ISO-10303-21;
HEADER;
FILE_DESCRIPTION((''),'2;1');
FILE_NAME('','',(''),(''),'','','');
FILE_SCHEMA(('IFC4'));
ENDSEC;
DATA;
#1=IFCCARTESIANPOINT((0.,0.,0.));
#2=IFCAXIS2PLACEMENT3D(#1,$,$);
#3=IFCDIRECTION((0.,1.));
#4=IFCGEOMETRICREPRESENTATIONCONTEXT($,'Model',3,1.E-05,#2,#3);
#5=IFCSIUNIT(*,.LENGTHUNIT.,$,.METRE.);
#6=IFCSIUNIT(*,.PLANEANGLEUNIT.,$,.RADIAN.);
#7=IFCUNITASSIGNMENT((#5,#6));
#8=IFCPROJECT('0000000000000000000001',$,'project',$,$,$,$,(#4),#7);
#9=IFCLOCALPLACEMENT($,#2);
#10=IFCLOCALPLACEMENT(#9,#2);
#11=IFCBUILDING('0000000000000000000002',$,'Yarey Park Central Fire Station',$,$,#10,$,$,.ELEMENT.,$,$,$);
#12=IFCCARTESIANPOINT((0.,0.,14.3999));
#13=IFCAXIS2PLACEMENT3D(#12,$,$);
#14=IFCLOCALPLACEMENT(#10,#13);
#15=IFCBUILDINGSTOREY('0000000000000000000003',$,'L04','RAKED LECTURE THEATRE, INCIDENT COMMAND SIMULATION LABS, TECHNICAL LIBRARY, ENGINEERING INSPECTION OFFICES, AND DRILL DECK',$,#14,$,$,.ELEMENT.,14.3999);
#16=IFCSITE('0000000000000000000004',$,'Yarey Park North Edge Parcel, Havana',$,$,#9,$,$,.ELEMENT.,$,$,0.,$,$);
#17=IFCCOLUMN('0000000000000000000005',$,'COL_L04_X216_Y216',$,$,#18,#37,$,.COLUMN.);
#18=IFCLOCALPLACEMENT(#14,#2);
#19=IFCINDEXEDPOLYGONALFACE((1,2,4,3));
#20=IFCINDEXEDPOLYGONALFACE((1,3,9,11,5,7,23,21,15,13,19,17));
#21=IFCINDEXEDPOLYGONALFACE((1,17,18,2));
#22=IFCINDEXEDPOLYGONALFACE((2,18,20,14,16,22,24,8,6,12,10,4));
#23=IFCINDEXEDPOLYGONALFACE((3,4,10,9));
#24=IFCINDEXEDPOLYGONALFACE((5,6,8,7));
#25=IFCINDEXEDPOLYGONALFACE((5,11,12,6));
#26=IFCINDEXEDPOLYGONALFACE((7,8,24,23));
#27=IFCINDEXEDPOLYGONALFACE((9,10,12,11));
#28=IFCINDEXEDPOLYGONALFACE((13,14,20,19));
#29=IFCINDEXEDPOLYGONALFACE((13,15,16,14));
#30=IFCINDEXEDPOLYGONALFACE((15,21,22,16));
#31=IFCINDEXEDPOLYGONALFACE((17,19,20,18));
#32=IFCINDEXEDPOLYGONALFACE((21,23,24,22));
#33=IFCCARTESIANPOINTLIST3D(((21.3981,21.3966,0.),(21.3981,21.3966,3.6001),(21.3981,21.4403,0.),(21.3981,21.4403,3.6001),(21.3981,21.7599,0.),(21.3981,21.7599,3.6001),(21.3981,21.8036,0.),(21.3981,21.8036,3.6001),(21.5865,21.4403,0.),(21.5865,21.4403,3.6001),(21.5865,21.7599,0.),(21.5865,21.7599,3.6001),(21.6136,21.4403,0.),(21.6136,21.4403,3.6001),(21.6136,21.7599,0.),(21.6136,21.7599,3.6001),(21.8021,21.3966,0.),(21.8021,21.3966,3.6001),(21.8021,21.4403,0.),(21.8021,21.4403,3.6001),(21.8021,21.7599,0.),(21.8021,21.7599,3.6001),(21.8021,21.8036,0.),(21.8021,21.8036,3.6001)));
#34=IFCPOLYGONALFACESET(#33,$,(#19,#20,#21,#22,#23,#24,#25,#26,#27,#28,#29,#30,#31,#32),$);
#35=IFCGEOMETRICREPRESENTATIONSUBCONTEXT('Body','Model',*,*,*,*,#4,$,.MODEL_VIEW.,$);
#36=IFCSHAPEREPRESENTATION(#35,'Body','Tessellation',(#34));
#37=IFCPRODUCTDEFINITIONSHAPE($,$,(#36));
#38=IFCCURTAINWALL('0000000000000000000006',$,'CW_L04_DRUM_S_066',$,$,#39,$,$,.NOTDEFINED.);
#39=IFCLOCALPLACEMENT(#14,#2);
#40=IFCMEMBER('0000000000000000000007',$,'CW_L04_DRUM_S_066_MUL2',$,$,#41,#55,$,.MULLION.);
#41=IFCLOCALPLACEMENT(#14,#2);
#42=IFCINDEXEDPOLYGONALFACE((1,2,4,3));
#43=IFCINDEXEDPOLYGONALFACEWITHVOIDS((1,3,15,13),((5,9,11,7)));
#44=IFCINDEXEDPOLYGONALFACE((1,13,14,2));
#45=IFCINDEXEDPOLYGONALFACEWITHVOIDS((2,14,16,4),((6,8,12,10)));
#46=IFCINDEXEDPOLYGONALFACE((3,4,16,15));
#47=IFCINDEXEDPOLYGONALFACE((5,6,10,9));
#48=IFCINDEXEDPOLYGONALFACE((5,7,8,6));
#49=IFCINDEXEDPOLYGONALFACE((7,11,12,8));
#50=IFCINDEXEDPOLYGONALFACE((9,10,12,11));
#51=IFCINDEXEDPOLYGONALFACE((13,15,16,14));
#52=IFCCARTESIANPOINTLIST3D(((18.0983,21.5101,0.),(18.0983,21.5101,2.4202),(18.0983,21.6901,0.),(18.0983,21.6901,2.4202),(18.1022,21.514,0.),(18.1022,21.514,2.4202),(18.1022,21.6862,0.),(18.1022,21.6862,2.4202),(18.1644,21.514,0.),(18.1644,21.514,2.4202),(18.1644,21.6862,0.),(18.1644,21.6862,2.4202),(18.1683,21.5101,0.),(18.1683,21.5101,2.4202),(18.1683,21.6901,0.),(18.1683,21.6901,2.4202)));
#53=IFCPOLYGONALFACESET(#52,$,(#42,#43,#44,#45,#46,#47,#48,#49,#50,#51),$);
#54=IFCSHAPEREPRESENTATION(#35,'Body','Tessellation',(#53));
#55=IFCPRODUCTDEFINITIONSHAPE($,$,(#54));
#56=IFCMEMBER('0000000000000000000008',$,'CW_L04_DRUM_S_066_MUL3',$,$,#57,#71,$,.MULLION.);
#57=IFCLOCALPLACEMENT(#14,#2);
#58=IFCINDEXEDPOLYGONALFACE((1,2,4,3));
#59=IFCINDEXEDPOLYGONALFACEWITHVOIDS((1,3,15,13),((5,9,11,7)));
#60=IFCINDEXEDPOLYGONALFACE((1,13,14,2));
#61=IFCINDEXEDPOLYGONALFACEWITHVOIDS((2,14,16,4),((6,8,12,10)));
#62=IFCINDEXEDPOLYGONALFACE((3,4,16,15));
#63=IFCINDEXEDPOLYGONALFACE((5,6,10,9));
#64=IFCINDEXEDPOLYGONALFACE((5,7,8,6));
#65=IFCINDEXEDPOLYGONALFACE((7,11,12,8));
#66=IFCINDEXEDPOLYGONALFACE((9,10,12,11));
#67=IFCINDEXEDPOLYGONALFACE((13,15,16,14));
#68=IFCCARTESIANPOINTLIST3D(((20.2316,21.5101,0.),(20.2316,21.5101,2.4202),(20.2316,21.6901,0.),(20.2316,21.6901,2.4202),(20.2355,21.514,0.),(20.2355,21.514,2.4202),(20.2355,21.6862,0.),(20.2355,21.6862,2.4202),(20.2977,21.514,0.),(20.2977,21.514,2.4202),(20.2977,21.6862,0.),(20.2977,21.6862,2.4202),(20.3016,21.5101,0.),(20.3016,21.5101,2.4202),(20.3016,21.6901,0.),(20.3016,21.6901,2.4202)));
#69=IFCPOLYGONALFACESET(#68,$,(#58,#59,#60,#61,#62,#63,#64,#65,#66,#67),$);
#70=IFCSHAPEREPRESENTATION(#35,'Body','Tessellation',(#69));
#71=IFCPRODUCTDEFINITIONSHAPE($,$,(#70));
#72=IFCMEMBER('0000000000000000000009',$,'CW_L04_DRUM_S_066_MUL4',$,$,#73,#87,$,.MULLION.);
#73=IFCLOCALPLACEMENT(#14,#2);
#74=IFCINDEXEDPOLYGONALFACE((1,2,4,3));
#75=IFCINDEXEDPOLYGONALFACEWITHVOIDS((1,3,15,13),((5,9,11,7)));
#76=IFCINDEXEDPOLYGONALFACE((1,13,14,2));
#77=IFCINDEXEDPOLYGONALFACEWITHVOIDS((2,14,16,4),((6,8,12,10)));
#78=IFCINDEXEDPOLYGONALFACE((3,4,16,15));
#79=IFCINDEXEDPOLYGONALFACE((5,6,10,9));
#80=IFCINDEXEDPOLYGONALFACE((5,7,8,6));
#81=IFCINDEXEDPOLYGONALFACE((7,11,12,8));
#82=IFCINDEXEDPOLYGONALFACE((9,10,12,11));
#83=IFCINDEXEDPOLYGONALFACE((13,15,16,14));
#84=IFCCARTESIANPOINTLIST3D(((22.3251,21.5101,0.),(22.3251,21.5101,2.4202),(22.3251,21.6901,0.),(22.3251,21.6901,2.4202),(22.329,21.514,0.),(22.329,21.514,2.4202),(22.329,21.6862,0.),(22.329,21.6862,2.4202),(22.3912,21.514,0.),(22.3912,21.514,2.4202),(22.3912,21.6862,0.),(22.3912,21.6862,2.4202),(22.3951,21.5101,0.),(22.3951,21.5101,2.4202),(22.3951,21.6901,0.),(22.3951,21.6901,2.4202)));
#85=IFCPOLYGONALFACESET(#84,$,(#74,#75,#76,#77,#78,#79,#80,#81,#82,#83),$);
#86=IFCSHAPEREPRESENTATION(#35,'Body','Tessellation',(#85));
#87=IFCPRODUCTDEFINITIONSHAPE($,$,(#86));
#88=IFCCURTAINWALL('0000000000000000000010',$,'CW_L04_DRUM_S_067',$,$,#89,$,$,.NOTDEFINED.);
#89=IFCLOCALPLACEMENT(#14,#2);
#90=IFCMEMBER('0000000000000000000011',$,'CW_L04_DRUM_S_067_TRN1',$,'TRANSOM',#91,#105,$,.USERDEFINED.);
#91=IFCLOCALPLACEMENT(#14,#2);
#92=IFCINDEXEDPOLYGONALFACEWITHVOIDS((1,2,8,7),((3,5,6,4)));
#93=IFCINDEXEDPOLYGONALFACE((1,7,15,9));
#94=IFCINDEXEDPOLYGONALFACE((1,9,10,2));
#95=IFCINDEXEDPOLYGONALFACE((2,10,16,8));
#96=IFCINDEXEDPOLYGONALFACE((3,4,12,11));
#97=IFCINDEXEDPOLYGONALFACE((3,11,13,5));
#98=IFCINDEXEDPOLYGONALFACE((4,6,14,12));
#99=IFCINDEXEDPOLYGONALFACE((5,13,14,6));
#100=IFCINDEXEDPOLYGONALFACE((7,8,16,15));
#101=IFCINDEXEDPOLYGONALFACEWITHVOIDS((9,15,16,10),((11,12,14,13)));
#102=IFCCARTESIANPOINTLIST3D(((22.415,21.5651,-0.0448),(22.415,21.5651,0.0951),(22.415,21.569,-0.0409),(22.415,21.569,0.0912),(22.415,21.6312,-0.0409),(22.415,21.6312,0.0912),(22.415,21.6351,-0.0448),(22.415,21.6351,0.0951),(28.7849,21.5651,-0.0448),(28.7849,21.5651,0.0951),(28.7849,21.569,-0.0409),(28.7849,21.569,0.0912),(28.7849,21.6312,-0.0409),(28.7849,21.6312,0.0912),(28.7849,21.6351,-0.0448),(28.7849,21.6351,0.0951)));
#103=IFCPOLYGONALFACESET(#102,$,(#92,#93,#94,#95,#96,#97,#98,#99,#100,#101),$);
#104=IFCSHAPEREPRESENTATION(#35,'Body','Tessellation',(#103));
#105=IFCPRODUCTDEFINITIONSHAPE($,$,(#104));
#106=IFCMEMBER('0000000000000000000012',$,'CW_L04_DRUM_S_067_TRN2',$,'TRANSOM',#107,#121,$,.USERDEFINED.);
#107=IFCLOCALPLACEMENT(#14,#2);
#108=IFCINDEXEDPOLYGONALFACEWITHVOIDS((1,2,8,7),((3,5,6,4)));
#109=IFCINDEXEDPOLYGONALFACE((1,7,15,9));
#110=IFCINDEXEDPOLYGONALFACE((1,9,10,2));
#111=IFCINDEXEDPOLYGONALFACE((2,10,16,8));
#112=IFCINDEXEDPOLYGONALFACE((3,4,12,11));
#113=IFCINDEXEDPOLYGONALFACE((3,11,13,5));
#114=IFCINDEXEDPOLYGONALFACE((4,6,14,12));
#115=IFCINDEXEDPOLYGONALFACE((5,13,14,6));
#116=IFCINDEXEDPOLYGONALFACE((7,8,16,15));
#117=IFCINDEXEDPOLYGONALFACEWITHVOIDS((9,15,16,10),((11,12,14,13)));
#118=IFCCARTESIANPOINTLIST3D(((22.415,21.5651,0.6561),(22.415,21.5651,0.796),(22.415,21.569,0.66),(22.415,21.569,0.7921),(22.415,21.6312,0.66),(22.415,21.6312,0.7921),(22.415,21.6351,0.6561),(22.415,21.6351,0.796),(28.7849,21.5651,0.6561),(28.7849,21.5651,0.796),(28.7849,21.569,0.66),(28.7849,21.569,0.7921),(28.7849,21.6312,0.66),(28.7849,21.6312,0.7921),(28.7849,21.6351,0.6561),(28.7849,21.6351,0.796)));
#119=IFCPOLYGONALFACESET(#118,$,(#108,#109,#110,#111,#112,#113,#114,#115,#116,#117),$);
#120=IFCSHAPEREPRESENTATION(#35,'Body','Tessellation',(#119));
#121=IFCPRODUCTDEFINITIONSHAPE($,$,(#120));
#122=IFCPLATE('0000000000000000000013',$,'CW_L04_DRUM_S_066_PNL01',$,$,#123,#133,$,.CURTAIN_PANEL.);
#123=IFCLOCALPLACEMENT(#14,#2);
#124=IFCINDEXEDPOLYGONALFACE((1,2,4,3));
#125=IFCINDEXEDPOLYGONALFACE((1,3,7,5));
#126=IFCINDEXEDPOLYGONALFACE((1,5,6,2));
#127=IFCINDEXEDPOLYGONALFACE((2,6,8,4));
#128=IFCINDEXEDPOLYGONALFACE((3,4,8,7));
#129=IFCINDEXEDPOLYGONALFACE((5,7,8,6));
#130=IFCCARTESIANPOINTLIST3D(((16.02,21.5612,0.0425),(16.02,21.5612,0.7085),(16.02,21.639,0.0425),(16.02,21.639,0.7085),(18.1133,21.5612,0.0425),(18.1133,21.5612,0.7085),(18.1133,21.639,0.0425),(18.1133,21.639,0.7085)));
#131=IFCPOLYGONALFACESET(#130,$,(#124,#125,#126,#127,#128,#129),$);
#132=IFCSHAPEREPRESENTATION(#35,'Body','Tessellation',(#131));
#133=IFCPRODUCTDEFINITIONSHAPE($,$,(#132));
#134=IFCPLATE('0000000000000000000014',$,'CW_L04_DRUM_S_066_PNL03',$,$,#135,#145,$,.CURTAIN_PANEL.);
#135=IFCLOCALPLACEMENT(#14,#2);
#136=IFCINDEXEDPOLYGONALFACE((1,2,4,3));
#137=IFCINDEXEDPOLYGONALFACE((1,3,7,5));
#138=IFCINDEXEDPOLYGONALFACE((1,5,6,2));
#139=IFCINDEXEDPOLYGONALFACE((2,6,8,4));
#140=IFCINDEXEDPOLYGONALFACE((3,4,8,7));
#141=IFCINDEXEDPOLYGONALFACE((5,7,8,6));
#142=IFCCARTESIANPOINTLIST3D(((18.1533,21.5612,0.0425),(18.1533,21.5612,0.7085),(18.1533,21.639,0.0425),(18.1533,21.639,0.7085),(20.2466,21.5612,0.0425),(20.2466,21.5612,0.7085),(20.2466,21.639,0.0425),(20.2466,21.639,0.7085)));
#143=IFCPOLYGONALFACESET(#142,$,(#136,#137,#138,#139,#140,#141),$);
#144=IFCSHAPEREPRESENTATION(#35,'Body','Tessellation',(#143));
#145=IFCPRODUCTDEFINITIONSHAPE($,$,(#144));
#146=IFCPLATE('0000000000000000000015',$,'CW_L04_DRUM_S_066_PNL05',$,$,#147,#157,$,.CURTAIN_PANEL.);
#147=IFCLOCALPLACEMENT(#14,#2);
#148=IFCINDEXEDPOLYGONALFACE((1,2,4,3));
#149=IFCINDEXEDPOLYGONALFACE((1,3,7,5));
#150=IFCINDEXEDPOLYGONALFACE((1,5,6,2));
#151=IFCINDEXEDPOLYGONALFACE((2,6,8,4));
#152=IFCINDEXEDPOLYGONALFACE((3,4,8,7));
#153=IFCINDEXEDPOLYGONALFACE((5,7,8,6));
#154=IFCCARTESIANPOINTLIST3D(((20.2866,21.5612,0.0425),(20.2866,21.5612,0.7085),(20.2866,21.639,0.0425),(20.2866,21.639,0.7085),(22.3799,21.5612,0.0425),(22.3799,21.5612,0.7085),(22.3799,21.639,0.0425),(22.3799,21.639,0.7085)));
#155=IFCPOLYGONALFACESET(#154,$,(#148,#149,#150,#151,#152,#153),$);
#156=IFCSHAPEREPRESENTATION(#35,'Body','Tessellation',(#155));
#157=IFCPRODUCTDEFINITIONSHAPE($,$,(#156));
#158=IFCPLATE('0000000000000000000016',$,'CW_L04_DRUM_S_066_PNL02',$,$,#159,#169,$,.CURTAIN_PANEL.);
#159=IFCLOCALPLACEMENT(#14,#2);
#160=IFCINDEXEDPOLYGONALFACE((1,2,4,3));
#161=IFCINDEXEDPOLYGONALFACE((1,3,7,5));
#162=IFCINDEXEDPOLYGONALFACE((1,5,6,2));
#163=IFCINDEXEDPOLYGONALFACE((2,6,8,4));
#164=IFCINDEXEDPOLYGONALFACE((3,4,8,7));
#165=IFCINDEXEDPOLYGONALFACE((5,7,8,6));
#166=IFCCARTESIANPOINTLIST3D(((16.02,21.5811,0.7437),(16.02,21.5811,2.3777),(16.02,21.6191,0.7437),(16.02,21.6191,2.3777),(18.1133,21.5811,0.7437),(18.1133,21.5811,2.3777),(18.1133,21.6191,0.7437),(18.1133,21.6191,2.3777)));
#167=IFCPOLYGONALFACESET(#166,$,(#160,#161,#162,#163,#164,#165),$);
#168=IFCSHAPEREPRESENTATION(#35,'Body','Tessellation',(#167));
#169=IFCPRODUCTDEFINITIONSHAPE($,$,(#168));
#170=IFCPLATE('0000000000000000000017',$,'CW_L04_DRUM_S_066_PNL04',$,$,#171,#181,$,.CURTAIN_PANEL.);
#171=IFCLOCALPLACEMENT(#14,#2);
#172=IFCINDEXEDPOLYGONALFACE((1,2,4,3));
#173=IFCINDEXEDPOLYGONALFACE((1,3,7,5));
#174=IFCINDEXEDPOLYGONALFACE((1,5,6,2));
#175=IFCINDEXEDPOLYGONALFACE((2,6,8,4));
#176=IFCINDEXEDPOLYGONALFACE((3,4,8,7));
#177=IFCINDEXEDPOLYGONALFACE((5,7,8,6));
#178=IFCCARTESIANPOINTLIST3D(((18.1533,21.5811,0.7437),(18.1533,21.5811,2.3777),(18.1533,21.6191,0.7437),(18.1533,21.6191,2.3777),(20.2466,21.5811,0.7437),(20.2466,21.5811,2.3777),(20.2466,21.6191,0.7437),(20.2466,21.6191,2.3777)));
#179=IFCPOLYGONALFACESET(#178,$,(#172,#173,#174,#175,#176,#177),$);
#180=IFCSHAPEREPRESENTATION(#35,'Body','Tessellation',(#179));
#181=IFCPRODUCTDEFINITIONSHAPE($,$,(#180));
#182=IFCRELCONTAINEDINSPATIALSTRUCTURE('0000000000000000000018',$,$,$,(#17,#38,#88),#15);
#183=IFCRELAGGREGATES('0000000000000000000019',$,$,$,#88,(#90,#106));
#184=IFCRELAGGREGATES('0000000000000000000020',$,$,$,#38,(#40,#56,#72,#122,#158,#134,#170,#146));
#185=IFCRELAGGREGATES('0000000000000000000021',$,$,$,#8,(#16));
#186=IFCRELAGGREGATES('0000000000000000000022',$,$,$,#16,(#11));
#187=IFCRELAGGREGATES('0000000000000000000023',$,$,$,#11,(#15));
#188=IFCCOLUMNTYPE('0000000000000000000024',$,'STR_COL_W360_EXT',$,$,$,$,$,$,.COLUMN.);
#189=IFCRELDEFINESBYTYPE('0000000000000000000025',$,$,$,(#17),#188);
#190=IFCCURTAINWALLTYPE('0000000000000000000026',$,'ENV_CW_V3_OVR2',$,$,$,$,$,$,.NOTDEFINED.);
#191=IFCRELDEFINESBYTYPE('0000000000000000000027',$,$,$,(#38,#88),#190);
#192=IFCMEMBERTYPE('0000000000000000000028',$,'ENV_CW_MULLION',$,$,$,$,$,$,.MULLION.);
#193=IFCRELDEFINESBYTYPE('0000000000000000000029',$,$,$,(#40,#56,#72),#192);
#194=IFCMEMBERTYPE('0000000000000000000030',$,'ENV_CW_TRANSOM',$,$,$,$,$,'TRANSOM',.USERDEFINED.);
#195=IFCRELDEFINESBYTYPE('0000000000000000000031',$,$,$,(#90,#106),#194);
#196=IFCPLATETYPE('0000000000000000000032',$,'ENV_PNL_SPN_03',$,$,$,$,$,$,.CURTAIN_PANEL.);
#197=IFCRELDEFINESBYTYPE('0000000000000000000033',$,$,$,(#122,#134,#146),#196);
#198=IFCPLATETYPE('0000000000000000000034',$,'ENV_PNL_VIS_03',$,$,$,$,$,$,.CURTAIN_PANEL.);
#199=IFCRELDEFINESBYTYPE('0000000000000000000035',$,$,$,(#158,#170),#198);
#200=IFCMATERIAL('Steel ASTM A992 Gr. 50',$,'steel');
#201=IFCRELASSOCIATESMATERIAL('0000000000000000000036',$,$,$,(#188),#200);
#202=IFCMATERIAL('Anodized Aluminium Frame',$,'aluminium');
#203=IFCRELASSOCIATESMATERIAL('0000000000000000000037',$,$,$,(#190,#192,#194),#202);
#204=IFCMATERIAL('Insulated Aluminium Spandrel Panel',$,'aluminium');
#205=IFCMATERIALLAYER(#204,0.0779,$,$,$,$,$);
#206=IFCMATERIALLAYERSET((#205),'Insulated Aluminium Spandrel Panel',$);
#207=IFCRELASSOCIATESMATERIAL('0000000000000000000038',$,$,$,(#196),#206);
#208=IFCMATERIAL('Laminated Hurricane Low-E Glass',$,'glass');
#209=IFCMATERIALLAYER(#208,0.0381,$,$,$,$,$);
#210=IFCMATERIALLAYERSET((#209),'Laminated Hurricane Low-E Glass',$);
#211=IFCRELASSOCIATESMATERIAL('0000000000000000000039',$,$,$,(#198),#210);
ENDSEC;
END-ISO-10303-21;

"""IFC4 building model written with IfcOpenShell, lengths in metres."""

from ifc_helpers import new_model, si_unit, direction, frame, origin, origin_2d, place, context, subcontext, project, spatial, rectangle, hollow_rectangle, i_section, extrude, material, layer, layer_set, material_profile, profile_set, type_object, element, aggregate, save


model = new_model("IFC4")

# Units and contexts
model_context = context("Model", 3, precision=1e-05, world=origin(), true_north=direction((0.0, 1.0)))
body_context = subcontext(model_context, "Body", "Model", "MODEL_VIEW")
ifc_project = project(units=[si_unit("LENGTHUNIT", "METRE"), si_unit("PLANEANGLEUNIT", "RADIAN")], contexts=[model_context])

# Site, building, storey
site_placement = place(None, origin())
site = spatial("IfcSite", under=ifc_project, at=site_placement, Name="Yarey Park North Edge Parcel, Havana", CompositionType="ELEMENT", RefElevation=0.0)
building_placement = place(site_placement, origin())
building = spatial("IfcBuilding", under=site, at=building_placement, Name="Yarey Park Central Fire Station", CompositionType="ELEMENT")
storey_placement = place(building_placement, frame((0.0, 0.0, 14.3999)))
storey = spatial("IfcBuildingStorey", under=building, at=storey_placement, Name="L04", Description="RAKED LECTURE THEATRE, INCIDENT COMMAND SIMULATION LABS, TECHNICAL LIBRARY, ENGINEERING INSPECTION OFFICES, AND DRILL DECK", CompositionType="ELEMENT", Elevation=14.3999)

# Column
ifc_material_1 = material(Name="Steel ASTM A992 Gr. 50", Category="steel")
ifc_material_profile_1 = material_profile(ifc_material_1, i_section(OverallWidth=0.4041, OverallDepth=0.407, WebThickness=0.0271, FlangeThickness=0.0437, at=origin_2d()), Name="W360x347")
ifc_profile_set_1 = profile_set([ifc_material_profile_1], Name="Steel ASTM A992 Gr. 50")
column_type = type_object("IfcColumnType", Name="STR_COL_W360_EXT", PredefinedType="COLUMN", material=ifc_profile_set_1)
column_placement = place(storey_placement, frame((21.6001, 21.6001, 0.0), z_axis=(0.0, 0.0, 1.0), x_axis=(1.0, 0.0, 0.0)))
element("IfcColumn", 1, at=column_placement, inside=storey, type_object=column_type, Name="COL_L04_X216_Y216", PredefinedType="COLUMN", context=body_context, shape_type="SweptSolid", body=[
    extrude(i_section(OverallWidth=0.4041, OverallDepth=0.407, WebThickness=0.0271, FlangeThickness=0.0437, at=origin_2d()), origin(), (0.0, 0.0, 1.0), 3.6001),
])

# Curtain walls, members
ifc_material_2 = material(Name="Anodized Aluminium Frame", Category="aluminium")
curtain_wall_type = type_object("IfcCurtainWallType", Name="ENV_CW_V3_OVR2", PredefinedType="NOTDEFINED", material=ifc_material_2)
curtain_wall_1_placement = place(storey_placement, origin())
curtain_wall_1 = element("IfcCurtainWall", 2, at=curtain_wall_1_placement, inside=storey, type_object=curtain_wall_type, Name="CW_L04_DRUM_S_066", PredefinedType="NOTDEFINED")
ifc_material_profile_2 = material_profile(ifc_material_2, hollow_rectangle(XDim=0.0701, YDim=0.1799, WallThickness=0.0039, at=origin_2d()), Name="ALU 180x70x4")
ifc_profile_set_2 = profile_set([ifc_material_profile_2], Name="Anodized Aluminium Frame")
member_type_1 = type_object("IfcMemberType", Name="ENV_CW_MULLION", PredefinedType="MULLION", material=ifc_profile_set_2)
member_1_placement = place(storey_placement, frame((18.1333, 21.6001, 0.0), z_axis=(0.0, 0.0, 1.0), x_axis=(1.0, 0.0, 0.0)))
member_1 = element("IfcMember", 3, at=member_1_placement, type_object=member_type_1, Name="CW_L04_DRUM_S_066_MUL2", PredefinedType="MULLION", context=body_context, shape_type="SweptSolid", body=[
    extrude(hollow_rectangle(XDim=0.0701, YDim=0.1799, WallThickness=0.0039, at=origin_2d()), origin(), (0.0, 0.0, 1.0), 2.4202),
])
member_2_placement = place(storey_placement, frame((20.2666, 21.6001, 0.0), z_axis=(0.0, 0.0, 1.0), x_axis=(1.0, 0.0, 0.0)))
member_2 = element("IfcMember", 4, at=member_2_placement, type_object=member_type_1, Name="CW_L04_DRUM_S_066_MUL3", PredefinedType="MULLION", context=body_context, shape_type="SweptSolid", body=[
    extrude(hollow_rectangle(XDim=0.0701, YDim=0.1799, WallThickness=0.0039, at=origin_2d()), origin(), (0.0, 0.0, 1.0), 2.4202),
])
member_3_placement = place(storey_placement, frame((22.3601, 21.6001, 0.0), z_axis=(0.0, 0.0, 1.0), x_axis=(1.0, 0.0, 0.0)))
member_3 = element("IfcMember", 5, at=member_3_placement, type_object=member_type_1, Name="CW_L04_DRUM_S_066_MUL4", PredefinedType="MULLION", context=body_context, shape_type="SweptSolid", body=[
    extrude(hollow_rectangle(XDim=0.0701, YDim=0.1799, WallThickness=0.0039, at=origin_2d()), origin(), (0.0, 0.0, 1.0), 2.4202),
])
curtain_wall_2_placement = place(storey_placement, origin())
curtain_wall_2 = element("IfcCurtainWall", 6, at=curtain_wall_2_placement, inside=storey, type_object=curtain_wall_type, Name="CW_L04_DRUM_S_067", PredefinedType="NOTDEFINED")
ifc_material_profile_3 = material_profile(ifc_material_2, hollow_rectangle(XDim=0.0701, YDim=0.1399, WallThickness=0.0039, at=origin_2d()), Name="ALU 140x70x4")
ifc_profile_set_3 = profile_set([ifc_material_profile_3], Name="Anodized Aluminium Frame")
member_type_2 = type_object("IfcMemberType", Name="ENV_CW_TRANSOM", ElementType="TRANSOM", PredefinedType="USERDEFINED", material=ifc_profile_set_3)
member_4_placement = place(storey_placement, frame((22.415, 21.6001, 0.0251), z_axis=(1.0, 0.0, 0.0), x_axis=(0.0, 1.0, 0.0)))
member_4 = element("IfcMember", 7, at=member_4_placement, type_object=member_type_2, Name="CW_L04_DRUM_S_067_TRN1", ObjectType="TRANSOM", PredefinedType="USERDEFINED", context=body_context, shape_type="SweptSolid", body=[
    extrude(hollow_rectangle(XDim=0.0701, YDim=0.1399, WallThickness=0.0039, at=origin_2d()), origin(), (0.0, 0.0, 1.0), 6.3699),
])
member_5_placement = place(storey_placement, frame((22.415, 21.6001, 0.7261), z_axis=(1.0, 0.0, 0.0), x_axis=(0.0, 1.0, 0.0)))
member_5 = element("IfcMember", 8, at=member_5_placement, type_object=member_type_2, Name="CW_L04_DRUM_S_067_TRN2", ObjectType="TRANSOM", PredefinedType="USERDEFINED", context=body_context, shape_type="SweptSolid", body=[
    extrude(hollow_rectangle(XDim=0.0701, YDim=0.1399, WallThickness=0.0039, at=origin_2d()), origin(), (0.0, 0.0, 1.0), 6.3699),
])
aggregate(curtain_wall_2, [member_4, member_5])

# Plates
ifc_material_3 = material(Name="Insulated Aluminium Spandrel Panel", Category="aluminium")
ifc_layer_1 = layer(ifc_material_3, 0.0779)
ifc_layer_set_1 = layer_set([ifc_layer_1], Name="Insulated Aluminium Spandrel Panel")
plate_type_1 = type_object("IfcPlateType", Name="ENV_PNL_SPN_03", PredefinedType="CURTAIN_PANEL", material=ifc_layer_set_1)
plate_1_placement = place(storey_placement, frame((17.0667, 21.6001, 0.0425), z_axis=(0.0, 0.0, 1.0), x_axis=(1.0, 0.0, 0.0)))
plate_1 = element("IfcPlate", 9, at=plate_1_placement, type_object=plate_type_1, Name="CW_L04_DRUM_S_066_PNL01", PredefinedType="CURTAIN_PANEL", context=body_context, shape_type="SweptSolid", body=[
    extrude(rectangle(XDim=2.0933, YDim=0.0779, at=origin_2d()), origin(), (0.0, 0.0, 1.0), 0.666),
])
plate_2_placement = place(storey_placement, frame((19.2, 21.6001, 0.0425), z_axis=(0.0, 0.0, 1.0), x_axis=(1.0, 0.0, 0.0)))
plate_2 = element("IfcPlate", 10, at=plate_2_placement, type_object=plate_type_1, Name="CW_L04_DRUM_S_066_PNL03", PredefinedType="CURTAIN_PANEL", context=body_context, shape_type="SweptSolid", body=[
    extrude(rectangle(XDim=2.0933, YDim=0.0779, at=origin_2d()), origin(), (0.0, 0.0, 1.0), 0.666),
])
plate_3_placement = place(storey_placement, frame((21.3333, 21.6001, 0.0425), z_axis=(0.0, 0.0, 1.0), x_axis=(1.0, 0.0, 0.0)))
plate_3 = element("IfcPlate", 11, at=plate_3_placement, type_object=plate_type_1, Name="CW_L04_DRUM_S_066_PNL05", PredefinedType="CURTAIN_PANEL", context=body_context, shape_type="SweptSolid", body=[
    extrude(rectangle(XDim=2.0933, YDim=0.0779, at=origin_2d()), origin(), (0.0, 0.0, 1.0), 0.666),
])
ifc_material_4 = material(Name="Laminated Hurricane Low-E Glass", Category="glass")
ifc_layer_2 = layer(ifc_material_4, 0.0381)
ifc_layer_set_2 = layer_set([ifc_layer_2], Name="Laminated Hurricane Low-E Glass")
plate_type_2 = type_object("IfcPlateType", Name="ENV_PNL_VIS_03", PredefinedType="CURTAIN_PANEL", material=ifc_layer_set_2)
plate_4_placement = place(storey_placement, frame((17.0667, 21.6001, 0.7437), z_axis=(0.0, 0.0, 1.0), x_axis=(1.0, 0.0, 0.0)))
plate_4 = element("IfcPlate", 12, at=plate_4_placement, type_object=plate_type_2, Name="CW_L04_DRUM_S_066_PNL02", PredefinedType="CURTAIN_PANEL", context=body_context, shape_type="SweptSolid", body=[
    extrude(rectangle(XDim=2.0933, YDim=0.0381, at=origin_2d()), origin(), (0.0, 0.0, 1.0), 1.634),
])
plate_5_placement = place(storey_placement, frame((19.2, 21.6001, 0.7437), z_axis=(0.0, 0.0, 1.0), x_axis=(1.0, 0.0, 0.0)))
plate_5 = element("IfcPlate", 13, at=plate_5_placement, type_object=plate_type_2, Name="CW_L04_DRUM_S_066_PNL04", PredefinedType="CURTAIN_PANEL", context=body_context, shape_type="SweptSolid", body=[
    extrude(rectangle(XDim=2.0933, YDim=0.0381, at=origin_2d()), origin(), (0.0, 0.0, 1.0), 1.634),
])
aggregate(curtain_wall_1, [member_1, member_2, member_3, plate_1, plate_4, plate_2, plate_5, plate_3])

save(model, "model.ifc")
